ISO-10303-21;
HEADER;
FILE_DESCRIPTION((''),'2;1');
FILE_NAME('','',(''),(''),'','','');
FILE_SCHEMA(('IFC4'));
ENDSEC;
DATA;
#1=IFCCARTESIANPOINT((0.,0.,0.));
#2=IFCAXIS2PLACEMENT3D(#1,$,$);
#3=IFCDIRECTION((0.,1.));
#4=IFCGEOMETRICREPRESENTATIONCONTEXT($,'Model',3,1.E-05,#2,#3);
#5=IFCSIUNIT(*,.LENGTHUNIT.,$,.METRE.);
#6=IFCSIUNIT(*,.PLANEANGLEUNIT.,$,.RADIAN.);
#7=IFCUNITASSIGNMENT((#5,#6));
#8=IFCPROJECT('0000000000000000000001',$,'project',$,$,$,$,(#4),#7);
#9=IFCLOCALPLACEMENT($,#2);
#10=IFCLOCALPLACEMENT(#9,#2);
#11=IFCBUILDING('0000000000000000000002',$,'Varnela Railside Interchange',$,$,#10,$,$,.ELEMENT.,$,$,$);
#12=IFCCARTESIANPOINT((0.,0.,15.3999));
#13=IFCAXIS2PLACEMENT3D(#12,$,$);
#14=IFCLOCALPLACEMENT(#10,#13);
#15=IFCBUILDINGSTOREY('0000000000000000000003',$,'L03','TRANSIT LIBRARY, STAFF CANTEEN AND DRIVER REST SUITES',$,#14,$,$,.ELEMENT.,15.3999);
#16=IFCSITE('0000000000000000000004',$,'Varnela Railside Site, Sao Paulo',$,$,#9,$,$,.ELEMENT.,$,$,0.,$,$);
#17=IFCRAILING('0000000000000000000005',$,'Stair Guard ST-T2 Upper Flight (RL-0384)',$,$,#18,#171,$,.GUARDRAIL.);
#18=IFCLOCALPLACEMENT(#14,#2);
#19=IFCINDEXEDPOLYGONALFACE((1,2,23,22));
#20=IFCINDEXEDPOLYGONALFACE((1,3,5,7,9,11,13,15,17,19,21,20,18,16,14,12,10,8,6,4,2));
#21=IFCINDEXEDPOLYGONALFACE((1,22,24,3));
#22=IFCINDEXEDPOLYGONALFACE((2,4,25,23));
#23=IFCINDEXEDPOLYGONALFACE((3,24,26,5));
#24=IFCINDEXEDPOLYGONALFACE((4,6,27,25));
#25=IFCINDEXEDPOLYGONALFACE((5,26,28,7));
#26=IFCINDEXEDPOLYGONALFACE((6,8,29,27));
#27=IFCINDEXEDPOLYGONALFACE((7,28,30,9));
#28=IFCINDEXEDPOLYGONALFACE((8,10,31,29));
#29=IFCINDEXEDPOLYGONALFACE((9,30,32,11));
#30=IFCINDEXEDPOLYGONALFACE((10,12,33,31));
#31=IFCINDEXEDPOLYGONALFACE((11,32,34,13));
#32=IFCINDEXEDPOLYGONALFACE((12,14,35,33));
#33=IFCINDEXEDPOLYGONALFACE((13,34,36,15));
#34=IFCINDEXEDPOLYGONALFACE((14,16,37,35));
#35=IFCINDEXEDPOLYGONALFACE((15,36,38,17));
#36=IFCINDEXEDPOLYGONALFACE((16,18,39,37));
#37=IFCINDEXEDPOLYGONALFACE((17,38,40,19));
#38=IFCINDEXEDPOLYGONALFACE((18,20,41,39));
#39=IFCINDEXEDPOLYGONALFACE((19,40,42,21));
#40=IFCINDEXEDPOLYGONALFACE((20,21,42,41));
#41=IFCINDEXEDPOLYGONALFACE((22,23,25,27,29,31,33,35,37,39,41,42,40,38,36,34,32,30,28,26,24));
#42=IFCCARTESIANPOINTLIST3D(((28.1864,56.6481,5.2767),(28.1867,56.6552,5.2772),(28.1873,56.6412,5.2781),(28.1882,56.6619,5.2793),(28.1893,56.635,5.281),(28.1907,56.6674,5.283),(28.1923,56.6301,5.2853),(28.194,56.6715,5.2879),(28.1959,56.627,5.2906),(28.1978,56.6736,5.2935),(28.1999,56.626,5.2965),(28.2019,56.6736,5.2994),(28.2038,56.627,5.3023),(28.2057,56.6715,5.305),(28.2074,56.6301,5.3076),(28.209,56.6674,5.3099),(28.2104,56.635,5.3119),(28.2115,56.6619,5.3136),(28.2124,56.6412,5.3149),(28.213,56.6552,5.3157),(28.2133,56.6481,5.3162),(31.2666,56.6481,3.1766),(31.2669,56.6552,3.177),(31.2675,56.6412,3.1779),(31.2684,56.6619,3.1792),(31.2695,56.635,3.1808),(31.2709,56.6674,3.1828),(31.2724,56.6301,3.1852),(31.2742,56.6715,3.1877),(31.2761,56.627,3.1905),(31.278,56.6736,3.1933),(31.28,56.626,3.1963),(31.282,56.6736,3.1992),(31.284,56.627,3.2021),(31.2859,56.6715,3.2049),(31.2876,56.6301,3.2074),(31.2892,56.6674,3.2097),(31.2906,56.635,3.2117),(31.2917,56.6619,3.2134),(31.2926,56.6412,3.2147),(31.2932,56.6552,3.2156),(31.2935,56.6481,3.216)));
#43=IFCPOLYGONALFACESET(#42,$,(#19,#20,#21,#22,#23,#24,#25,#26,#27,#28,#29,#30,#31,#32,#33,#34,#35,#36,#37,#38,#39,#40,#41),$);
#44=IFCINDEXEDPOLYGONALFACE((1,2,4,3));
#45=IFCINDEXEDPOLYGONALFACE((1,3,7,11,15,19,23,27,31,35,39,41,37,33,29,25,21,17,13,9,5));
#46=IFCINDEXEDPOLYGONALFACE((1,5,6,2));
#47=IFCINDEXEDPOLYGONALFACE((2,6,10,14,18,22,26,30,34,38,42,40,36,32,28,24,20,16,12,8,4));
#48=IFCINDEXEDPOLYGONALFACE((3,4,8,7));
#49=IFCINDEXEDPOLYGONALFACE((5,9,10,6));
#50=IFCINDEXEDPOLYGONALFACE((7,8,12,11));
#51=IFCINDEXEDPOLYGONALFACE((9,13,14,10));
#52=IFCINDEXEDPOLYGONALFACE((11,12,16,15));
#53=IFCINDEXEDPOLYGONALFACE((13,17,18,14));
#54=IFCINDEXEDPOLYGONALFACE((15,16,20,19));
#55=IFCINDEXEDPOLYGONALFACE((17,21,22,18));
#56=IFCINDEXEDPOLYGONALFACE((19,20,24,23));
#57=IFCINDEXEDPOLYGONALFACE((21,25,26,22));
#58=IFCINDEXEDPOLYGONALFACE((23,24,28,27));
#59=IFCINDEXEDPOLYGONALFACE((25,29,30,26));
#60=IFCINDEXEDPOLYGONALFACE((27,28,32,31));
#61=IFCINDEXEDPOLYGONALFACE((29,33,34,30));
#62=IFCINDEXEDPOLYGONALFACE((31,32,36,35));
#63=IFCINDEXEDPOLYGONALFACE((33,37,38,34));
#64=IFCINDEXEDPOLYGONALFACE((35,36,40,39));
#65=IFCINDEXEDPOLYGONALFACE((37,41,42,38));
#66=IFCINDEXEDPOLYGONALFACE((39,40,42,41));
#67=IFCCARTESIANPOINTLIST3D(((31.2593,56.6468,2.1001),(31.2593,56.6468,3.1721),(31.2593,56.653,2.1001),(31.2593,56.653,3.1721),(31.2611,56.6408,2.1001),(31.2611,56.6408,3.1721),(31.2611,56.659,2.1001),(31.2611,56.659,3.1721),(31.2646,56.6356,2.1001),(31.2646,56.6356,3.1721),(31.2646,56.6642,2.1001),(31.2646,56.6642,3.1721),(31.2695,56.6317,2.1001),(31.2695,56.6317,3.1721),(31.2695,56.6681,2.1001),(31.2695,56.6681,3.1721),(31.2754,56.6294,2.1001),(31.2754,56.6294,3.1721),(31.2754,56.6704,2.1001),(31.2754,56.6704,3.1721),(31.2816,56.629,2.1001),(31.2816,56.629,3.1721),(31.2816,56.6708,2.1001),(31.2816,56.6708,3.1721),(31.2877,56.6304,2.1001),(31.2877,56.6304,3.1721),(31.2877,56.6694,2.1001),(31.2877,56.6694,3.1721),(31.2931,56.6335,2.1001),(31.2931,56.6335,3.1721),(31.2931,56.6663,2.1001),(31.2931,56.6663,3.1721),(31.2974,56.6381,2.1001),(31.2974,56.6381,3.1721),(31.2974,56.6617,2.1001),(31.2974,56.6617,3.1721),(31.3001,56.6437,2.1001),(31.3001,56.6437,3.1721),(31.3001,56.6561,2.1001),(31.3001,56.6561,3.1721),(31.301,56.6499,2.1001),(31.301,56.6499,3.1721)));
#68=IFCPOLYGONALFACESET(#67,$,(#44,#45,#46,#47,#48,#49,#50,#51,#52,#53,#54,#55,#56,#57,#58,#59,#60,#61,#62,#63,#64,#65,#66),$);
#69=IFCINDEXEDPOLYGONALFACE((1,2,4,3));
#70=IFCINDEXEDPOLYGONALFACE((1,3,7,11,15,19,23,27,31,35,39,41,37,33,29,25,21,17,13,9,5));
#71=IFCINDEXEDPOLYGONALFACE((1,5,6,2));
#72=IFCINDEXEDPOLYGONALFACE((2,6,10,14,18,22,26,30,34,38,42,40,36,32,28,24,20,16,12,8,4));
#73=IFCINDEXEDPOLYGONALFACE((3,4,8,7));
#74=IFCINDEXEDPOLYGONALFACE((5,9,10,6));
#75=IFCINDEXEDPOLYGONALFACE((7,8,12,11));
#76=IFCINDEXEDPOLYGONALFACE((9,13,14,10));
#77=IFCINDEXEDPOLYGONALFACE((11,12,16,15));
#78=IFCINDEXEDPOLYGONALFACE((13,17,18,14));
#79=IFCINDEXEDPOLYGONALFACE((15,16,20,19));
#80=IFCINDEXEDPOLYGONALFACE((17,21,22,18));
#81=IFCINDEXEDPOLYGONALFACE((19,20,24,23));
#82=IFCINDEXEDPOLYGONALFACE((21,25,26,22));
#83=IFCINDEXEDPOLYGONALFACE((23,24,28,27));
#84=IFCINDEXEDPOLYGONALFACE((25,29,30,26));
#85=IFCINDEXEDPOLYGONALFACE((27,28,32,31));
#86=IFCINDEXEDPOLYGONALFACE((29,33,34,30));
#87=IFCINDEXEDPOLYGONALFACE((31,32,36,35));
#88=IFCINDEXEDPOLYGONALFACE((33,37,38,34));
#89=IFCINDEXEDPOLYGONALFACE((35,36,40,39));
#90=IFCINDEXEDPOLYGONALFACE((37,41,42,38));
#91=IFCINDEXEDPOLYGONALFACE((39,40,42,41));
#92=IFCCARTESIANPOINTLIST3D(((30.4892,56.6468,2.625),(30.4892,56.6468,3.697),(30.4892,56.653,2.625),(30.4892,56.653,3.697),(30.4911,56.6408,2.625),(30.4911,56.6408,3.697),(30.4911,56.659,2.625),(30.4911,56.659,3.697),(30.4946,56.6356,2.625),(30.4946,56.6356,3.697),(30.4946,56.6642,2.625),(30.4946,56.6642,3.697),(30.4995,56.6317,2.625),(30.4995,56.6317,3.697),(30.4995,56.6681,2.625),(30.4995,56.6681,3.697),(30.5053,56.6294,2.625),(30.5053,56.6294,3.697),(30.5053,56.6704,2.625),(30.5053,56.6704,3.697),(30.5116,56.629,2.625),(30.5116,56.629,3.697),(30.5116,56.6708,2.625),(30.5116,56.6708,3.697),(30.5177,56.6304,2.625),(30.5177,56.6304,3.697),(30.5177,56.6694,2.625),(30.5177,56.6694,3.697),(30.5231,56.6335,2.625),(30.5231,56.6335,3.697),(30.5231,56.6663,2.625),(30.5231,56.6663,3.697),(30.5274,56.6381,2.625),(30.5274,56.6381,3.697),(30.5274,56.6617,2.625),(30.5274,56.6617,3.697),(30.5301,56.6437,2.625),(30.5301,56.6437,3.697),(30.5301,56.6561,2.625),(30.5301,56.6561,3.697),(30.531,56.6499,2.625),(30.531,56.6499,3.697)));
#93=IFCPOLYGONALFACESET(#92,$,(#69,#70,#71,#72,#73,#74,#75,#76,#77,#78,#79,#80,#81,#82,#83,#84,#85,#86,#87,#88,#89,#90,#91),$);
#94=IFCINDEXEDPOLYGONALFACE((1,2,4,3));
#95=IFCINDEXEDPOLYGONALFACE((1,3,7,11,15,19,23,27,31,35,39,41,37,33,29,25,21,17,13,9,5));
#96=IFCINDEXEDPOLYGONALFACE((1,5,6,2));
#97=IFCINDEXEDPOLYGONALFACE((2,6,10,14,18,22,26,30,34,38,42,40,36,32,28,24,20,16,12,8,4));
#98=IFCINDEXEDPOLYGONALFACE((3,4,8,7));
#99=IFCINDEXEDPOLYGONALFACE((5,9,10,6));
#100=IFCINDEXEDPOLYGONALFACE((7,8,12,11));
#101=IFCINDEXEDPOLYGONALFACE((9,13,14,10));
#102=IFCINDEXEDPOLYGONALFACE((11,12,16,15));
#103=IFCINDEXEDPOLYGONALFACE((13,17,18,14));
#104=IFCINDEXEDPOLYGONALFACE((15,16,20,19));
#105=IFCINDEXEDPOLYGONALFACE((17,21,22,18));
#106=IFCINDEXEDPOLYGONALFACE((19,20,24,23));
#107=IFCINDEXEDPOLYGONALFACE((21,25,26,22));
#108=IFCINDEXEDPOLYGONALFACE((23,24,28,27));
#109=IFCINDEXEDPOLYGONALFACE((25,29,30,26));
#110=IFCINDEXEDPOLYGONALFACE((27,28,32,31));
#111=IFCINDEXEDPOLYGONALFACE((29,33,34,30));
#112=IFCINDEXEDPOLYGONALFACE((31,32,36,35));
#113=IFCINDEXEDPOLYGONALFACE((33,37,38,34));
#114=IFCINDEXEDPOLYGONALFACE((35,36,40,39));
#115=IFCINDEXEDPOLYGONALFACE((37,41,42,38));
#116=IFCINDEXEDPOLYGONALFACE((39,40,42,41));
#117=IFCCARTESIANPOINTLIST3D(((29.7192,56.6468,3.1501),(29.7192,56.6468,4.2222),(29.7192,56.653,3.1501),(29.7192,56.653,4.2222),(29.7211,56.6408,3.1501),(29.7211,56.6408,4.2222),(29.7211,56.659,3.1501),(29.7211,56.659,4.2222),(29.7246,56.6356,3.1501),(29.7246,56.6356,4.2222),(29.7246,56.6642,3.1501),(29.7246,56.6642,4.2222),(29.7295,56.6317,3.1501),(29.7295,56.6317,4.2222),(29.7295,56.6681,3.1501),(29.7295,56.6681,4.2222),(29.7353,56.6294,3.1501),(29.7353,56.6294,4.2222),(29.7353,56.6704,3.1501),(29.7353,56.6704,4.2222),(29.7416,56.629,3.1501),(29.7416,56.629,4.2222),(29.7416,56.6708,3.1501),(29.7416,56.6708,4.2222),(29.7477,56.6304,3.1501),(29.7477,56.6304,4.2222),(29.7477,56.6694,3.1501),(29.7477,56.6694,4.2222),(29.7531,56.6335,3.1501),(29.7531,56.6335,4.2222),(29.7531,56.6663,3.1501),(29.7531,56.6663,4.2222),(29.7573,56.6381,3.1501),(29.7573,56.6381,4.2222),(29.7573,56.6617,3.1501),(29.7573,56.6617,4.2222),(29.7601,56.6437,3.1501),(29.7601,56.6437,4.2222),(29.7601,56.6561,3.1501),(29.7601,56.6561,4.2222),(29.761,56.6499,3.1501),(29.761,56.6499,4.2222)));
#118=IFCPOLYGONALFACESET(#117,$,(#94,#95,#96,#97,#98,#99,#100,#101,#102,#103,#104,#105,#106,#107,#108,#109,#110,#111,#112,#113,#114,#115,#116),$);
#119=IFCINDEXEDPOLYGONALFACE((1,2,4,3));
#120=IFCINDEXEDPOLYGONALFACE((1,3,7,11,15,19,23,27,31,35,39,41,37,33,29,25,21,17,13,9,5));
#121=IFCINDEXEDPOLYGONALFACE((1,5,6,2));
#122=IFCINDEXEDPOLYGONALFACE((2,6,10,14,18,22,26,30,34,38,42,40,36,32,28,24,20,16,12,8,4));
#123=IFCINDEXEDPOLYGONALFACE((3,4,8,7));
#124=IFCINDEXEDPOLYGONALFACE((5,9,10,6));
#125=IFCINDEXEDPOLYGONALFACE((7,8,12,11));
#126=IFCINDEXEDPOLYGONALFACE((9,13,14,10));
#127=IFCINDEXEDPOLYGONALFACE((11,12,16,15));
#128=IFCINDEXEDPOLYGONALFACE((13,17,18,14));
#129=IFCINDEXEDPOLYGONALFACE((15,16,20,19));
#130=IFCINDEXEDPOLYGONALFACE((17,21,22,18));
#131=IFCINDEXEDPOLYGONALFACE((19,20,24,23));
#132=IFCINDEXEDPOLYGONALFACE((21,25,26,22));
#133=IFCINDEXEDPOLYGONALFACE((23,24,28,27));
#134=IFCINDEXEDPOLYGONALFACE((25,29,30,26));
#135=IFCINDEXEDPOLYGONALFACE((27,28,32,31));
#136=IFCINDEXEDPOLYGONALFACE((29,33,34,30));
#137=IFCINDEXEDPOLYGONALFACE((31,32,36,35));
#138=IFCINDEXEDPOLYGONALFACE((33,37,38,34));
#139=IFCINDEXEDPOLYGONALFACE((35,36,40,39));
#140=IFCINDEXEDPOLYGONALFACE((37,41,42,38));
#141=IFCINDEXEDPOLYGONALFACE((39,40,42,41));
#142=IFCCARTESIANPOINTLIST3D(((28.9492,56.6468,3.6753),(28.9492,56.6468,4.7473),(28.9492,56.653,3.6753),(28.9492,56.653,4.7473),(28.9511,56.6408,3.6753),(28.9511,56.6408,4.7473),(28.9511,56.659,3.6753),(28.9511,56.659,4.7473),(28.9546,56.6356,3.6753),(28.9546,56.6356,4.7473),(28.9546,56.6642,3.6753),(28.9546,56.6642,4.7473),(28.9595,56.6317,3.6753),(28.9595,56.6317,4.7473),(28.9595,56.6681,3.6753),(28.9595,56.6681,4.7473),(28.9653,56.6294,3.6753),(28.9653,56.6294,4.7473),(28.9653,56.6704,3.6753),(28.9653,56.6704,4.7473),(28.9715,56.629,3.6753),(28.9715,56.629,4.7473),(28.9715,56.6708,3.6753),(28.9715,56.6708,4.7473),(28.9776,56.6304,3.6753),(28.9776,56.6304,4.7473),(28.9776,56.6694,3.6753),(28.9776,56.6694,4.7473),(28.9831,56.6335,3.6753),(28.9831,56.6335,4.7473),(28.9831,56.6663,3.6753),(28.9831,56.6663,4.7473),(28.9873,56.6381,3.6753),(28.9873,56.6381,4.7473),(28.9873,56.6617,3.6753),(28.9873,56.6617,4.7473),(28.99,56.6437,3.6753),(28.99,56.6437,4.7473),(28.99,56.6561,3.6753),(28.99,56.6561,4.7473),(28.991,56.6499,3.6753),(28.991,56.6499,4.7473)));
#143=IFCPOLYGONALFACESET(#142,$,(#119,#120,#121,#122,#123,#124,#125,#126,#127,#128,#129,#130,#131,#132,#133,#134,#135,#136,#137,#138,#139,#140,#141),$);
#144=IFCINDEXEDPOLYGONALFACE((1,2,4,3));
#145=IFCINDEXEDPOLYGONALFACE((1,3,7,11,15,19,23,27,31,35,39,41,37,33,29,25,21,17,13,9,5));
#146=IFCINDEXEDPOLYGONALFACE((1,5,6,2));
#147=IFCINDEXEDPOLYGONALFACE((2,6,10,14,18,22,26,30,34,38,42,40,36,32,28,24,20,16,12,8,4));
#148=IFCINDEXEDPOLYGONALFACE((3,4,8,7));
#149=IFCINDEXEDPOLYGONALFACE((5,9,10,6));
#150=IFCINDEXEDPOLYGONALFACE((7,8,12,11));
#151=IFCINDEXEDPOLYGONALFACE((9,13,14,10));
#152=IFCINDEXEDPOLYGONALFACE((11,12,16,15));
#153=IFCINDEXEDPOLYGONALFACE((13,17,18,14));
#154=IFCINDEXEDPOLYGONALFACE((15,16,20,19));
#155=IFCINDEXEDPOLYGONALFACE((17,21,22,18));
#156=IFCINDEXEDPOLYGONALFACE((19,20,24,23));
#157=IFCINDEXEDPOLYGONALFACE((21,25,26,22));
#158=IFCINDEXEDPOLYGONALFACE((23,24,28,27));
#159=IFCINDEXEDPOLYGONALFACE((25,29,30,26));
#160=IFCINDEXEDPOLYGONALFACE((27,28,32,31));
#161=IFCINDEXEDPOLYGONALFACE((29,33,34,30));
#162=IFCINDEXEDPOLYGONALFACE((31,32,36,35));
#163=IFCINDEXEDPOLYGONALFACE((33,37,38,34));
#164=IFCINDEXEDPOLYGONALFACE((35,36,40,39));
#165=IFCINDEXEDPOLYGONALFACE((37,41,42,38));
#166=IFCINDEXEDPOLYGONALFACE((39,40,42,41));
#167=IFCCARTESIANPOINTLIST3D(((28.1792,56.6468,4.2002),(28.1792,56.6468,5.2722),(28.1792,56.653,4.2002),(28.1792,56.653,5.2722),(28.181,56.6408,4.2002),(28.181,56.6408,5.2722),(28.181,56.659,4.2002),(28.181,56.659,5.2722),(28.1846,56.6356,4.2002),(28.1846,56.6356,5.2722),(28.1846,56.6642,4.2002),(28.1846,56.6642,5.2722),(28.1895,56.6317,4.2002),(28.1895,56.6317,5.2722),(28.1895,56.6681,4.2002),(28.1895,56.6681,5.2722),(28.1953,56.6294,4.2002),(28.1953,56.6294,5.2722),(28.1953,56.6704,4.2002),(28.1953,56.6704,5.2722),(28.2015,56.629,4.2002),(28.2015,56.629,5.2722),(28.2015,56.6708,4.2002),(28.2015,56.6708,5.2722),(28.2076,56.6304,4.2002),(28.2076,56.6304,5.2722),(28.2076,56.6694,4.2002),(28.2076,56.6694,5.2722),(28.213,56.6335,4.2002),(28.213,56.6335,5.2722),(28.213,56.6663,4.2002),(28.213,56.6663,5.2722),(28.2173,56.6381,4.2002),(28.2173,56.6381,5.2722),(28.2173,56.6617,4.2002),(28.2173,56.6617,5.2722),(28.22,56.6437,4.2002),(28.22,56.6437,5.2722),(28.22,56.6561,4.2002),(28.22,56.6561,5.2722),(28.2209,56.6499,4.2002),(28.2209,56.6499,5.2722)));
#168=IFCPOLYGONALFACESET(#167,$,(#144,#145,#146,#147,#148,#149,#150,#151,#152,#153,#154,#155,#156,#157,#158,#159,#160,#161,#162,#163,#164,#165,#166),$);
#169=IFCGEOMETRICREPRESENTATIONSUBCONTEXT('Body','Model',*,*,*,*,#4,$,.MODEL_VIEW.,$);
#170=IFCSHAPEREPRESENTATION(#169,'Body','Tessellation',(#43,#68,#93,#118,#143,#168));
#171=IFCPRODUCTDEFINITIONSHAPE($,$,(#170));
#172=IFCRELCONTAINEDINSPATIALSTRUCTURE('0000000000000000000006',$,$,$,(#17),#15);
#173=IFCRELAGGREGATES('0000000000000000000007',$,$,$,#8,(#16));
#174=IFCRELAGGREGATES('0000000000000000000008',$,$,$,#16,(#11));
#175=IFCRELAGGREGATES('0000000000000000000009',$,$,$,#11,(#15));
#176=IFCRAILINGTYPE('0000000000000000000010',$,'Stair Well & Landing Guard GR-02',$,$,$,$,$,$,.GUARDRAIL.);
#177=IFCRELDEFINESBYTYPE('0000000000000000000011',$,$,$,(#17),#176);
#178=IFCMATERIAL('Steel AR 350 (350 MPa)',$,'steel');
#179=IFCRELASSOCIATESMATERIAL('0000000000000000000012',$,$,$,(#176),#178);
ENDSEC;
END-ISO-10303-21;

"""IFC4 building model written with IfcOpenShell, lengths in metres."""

from ifc_helpers import new_model, si_unit, direction, frame, origin, origin_2d, place, context, subcontext, project, spatial, circle, extrude, material, type_object, element, save


model = new_model("IFC4")

# Units and contexts
model_context = context("Model", 3, precision=1e-05, world=origin(), true_north=direction((0.0, 1.0)))
body_context = subcontext(model_context, "Body", "Model", "MODEL_VIEW")
ifc_project = project(units=[si_unit("LENGTHUNIT", "METRE"), si_unit("PLANEANGLEUNIT", "RADIAN")], contexts=[model_context])

# Site, building, storey
site_placement = place(None, origin())
site = spatial("IfcSite", under=ifc_project, at=site_placement, Name="Varnela Railside Site, Sao Paulo", CompositionType="ELEMENT", RefElevation=0.0)
building_placement = place(site_placement, origin())
building = spatial("IfcBuilding", under=site, at=building_placement, Name="Varnela Railside Interchange", CompositionType="ELEMENT")
storey_placement = place(building_placement, frame((0.0, 0.0, 15.3999)))
storey = spatial("IfcBuildingStorey", under=building, at=storey_placement, Name="L03", Description="TRANSIT LIBRARY, STAFF CANTEEN AND DRIVER REST SUITES", CompositionType="ELEMENT", Elevation=15.3999)

# Shared definitions
ifc_material_1 = material(Name="Steel AR 350 (350 MPa)", Category="steel")

# Railing
railing_type_1 = type_object("IfcRailingType", Name="Stair Well & Landing Guard GR-02", PredefinedType="GUARDRAIL", material=ifc_material_1)
railing_1_placement = place(storey_placement, frame((31.28, 56.6499, 2.1001)))
element("IfcRailing", 1, at=railing_1_placement, inside=storey, type_object=railing_type_1, Name="Stair Guard ST-T2 Upper Flight (RL-0384)", PredefinedType="GUARDRAIL", context=body_context, shape_type="SweptSolid", body=[
    extrude(circle(Radius=0.0239, at=origin_2d()), frame((0.0, 0.0, 1.0962), z_axis=(-0.826222, 0.0, 0.563345), x_axis=(0.0, -1.0, 0.0)), (0.0, 0.0, 1.0), 3.728),
    extrude(circle(Radius=0.021, at=origin_2d()), origin(), (0.0, 0.0, 1.0), 1.072),
    extrude(circle(Radius=0.021, at=origin_2d()), frame((-0.77, 0.0, 0.5249)), (0.0, 0.0, 1.0), 1.072),
    extrude(circle(Radius=0.021, at=origin_2d()), frame((-1.54, 0.0, 1.05)), (0.0, 0.0, 1.0), 1.072),
    extrude(circle(Radius=0.021, at=origin_2d()), frame((-2.3101, 0.0, 1.5752)), (0.0, 0.0, 1.0), 1.072),
    extrude(circle(Radius=0.021, at=origin_2d()), frame((-3.0801, 0.0, 2.1001)), (0.0, 0.0, 1.0), 1.072),
])

save(model, "model.ifc")
